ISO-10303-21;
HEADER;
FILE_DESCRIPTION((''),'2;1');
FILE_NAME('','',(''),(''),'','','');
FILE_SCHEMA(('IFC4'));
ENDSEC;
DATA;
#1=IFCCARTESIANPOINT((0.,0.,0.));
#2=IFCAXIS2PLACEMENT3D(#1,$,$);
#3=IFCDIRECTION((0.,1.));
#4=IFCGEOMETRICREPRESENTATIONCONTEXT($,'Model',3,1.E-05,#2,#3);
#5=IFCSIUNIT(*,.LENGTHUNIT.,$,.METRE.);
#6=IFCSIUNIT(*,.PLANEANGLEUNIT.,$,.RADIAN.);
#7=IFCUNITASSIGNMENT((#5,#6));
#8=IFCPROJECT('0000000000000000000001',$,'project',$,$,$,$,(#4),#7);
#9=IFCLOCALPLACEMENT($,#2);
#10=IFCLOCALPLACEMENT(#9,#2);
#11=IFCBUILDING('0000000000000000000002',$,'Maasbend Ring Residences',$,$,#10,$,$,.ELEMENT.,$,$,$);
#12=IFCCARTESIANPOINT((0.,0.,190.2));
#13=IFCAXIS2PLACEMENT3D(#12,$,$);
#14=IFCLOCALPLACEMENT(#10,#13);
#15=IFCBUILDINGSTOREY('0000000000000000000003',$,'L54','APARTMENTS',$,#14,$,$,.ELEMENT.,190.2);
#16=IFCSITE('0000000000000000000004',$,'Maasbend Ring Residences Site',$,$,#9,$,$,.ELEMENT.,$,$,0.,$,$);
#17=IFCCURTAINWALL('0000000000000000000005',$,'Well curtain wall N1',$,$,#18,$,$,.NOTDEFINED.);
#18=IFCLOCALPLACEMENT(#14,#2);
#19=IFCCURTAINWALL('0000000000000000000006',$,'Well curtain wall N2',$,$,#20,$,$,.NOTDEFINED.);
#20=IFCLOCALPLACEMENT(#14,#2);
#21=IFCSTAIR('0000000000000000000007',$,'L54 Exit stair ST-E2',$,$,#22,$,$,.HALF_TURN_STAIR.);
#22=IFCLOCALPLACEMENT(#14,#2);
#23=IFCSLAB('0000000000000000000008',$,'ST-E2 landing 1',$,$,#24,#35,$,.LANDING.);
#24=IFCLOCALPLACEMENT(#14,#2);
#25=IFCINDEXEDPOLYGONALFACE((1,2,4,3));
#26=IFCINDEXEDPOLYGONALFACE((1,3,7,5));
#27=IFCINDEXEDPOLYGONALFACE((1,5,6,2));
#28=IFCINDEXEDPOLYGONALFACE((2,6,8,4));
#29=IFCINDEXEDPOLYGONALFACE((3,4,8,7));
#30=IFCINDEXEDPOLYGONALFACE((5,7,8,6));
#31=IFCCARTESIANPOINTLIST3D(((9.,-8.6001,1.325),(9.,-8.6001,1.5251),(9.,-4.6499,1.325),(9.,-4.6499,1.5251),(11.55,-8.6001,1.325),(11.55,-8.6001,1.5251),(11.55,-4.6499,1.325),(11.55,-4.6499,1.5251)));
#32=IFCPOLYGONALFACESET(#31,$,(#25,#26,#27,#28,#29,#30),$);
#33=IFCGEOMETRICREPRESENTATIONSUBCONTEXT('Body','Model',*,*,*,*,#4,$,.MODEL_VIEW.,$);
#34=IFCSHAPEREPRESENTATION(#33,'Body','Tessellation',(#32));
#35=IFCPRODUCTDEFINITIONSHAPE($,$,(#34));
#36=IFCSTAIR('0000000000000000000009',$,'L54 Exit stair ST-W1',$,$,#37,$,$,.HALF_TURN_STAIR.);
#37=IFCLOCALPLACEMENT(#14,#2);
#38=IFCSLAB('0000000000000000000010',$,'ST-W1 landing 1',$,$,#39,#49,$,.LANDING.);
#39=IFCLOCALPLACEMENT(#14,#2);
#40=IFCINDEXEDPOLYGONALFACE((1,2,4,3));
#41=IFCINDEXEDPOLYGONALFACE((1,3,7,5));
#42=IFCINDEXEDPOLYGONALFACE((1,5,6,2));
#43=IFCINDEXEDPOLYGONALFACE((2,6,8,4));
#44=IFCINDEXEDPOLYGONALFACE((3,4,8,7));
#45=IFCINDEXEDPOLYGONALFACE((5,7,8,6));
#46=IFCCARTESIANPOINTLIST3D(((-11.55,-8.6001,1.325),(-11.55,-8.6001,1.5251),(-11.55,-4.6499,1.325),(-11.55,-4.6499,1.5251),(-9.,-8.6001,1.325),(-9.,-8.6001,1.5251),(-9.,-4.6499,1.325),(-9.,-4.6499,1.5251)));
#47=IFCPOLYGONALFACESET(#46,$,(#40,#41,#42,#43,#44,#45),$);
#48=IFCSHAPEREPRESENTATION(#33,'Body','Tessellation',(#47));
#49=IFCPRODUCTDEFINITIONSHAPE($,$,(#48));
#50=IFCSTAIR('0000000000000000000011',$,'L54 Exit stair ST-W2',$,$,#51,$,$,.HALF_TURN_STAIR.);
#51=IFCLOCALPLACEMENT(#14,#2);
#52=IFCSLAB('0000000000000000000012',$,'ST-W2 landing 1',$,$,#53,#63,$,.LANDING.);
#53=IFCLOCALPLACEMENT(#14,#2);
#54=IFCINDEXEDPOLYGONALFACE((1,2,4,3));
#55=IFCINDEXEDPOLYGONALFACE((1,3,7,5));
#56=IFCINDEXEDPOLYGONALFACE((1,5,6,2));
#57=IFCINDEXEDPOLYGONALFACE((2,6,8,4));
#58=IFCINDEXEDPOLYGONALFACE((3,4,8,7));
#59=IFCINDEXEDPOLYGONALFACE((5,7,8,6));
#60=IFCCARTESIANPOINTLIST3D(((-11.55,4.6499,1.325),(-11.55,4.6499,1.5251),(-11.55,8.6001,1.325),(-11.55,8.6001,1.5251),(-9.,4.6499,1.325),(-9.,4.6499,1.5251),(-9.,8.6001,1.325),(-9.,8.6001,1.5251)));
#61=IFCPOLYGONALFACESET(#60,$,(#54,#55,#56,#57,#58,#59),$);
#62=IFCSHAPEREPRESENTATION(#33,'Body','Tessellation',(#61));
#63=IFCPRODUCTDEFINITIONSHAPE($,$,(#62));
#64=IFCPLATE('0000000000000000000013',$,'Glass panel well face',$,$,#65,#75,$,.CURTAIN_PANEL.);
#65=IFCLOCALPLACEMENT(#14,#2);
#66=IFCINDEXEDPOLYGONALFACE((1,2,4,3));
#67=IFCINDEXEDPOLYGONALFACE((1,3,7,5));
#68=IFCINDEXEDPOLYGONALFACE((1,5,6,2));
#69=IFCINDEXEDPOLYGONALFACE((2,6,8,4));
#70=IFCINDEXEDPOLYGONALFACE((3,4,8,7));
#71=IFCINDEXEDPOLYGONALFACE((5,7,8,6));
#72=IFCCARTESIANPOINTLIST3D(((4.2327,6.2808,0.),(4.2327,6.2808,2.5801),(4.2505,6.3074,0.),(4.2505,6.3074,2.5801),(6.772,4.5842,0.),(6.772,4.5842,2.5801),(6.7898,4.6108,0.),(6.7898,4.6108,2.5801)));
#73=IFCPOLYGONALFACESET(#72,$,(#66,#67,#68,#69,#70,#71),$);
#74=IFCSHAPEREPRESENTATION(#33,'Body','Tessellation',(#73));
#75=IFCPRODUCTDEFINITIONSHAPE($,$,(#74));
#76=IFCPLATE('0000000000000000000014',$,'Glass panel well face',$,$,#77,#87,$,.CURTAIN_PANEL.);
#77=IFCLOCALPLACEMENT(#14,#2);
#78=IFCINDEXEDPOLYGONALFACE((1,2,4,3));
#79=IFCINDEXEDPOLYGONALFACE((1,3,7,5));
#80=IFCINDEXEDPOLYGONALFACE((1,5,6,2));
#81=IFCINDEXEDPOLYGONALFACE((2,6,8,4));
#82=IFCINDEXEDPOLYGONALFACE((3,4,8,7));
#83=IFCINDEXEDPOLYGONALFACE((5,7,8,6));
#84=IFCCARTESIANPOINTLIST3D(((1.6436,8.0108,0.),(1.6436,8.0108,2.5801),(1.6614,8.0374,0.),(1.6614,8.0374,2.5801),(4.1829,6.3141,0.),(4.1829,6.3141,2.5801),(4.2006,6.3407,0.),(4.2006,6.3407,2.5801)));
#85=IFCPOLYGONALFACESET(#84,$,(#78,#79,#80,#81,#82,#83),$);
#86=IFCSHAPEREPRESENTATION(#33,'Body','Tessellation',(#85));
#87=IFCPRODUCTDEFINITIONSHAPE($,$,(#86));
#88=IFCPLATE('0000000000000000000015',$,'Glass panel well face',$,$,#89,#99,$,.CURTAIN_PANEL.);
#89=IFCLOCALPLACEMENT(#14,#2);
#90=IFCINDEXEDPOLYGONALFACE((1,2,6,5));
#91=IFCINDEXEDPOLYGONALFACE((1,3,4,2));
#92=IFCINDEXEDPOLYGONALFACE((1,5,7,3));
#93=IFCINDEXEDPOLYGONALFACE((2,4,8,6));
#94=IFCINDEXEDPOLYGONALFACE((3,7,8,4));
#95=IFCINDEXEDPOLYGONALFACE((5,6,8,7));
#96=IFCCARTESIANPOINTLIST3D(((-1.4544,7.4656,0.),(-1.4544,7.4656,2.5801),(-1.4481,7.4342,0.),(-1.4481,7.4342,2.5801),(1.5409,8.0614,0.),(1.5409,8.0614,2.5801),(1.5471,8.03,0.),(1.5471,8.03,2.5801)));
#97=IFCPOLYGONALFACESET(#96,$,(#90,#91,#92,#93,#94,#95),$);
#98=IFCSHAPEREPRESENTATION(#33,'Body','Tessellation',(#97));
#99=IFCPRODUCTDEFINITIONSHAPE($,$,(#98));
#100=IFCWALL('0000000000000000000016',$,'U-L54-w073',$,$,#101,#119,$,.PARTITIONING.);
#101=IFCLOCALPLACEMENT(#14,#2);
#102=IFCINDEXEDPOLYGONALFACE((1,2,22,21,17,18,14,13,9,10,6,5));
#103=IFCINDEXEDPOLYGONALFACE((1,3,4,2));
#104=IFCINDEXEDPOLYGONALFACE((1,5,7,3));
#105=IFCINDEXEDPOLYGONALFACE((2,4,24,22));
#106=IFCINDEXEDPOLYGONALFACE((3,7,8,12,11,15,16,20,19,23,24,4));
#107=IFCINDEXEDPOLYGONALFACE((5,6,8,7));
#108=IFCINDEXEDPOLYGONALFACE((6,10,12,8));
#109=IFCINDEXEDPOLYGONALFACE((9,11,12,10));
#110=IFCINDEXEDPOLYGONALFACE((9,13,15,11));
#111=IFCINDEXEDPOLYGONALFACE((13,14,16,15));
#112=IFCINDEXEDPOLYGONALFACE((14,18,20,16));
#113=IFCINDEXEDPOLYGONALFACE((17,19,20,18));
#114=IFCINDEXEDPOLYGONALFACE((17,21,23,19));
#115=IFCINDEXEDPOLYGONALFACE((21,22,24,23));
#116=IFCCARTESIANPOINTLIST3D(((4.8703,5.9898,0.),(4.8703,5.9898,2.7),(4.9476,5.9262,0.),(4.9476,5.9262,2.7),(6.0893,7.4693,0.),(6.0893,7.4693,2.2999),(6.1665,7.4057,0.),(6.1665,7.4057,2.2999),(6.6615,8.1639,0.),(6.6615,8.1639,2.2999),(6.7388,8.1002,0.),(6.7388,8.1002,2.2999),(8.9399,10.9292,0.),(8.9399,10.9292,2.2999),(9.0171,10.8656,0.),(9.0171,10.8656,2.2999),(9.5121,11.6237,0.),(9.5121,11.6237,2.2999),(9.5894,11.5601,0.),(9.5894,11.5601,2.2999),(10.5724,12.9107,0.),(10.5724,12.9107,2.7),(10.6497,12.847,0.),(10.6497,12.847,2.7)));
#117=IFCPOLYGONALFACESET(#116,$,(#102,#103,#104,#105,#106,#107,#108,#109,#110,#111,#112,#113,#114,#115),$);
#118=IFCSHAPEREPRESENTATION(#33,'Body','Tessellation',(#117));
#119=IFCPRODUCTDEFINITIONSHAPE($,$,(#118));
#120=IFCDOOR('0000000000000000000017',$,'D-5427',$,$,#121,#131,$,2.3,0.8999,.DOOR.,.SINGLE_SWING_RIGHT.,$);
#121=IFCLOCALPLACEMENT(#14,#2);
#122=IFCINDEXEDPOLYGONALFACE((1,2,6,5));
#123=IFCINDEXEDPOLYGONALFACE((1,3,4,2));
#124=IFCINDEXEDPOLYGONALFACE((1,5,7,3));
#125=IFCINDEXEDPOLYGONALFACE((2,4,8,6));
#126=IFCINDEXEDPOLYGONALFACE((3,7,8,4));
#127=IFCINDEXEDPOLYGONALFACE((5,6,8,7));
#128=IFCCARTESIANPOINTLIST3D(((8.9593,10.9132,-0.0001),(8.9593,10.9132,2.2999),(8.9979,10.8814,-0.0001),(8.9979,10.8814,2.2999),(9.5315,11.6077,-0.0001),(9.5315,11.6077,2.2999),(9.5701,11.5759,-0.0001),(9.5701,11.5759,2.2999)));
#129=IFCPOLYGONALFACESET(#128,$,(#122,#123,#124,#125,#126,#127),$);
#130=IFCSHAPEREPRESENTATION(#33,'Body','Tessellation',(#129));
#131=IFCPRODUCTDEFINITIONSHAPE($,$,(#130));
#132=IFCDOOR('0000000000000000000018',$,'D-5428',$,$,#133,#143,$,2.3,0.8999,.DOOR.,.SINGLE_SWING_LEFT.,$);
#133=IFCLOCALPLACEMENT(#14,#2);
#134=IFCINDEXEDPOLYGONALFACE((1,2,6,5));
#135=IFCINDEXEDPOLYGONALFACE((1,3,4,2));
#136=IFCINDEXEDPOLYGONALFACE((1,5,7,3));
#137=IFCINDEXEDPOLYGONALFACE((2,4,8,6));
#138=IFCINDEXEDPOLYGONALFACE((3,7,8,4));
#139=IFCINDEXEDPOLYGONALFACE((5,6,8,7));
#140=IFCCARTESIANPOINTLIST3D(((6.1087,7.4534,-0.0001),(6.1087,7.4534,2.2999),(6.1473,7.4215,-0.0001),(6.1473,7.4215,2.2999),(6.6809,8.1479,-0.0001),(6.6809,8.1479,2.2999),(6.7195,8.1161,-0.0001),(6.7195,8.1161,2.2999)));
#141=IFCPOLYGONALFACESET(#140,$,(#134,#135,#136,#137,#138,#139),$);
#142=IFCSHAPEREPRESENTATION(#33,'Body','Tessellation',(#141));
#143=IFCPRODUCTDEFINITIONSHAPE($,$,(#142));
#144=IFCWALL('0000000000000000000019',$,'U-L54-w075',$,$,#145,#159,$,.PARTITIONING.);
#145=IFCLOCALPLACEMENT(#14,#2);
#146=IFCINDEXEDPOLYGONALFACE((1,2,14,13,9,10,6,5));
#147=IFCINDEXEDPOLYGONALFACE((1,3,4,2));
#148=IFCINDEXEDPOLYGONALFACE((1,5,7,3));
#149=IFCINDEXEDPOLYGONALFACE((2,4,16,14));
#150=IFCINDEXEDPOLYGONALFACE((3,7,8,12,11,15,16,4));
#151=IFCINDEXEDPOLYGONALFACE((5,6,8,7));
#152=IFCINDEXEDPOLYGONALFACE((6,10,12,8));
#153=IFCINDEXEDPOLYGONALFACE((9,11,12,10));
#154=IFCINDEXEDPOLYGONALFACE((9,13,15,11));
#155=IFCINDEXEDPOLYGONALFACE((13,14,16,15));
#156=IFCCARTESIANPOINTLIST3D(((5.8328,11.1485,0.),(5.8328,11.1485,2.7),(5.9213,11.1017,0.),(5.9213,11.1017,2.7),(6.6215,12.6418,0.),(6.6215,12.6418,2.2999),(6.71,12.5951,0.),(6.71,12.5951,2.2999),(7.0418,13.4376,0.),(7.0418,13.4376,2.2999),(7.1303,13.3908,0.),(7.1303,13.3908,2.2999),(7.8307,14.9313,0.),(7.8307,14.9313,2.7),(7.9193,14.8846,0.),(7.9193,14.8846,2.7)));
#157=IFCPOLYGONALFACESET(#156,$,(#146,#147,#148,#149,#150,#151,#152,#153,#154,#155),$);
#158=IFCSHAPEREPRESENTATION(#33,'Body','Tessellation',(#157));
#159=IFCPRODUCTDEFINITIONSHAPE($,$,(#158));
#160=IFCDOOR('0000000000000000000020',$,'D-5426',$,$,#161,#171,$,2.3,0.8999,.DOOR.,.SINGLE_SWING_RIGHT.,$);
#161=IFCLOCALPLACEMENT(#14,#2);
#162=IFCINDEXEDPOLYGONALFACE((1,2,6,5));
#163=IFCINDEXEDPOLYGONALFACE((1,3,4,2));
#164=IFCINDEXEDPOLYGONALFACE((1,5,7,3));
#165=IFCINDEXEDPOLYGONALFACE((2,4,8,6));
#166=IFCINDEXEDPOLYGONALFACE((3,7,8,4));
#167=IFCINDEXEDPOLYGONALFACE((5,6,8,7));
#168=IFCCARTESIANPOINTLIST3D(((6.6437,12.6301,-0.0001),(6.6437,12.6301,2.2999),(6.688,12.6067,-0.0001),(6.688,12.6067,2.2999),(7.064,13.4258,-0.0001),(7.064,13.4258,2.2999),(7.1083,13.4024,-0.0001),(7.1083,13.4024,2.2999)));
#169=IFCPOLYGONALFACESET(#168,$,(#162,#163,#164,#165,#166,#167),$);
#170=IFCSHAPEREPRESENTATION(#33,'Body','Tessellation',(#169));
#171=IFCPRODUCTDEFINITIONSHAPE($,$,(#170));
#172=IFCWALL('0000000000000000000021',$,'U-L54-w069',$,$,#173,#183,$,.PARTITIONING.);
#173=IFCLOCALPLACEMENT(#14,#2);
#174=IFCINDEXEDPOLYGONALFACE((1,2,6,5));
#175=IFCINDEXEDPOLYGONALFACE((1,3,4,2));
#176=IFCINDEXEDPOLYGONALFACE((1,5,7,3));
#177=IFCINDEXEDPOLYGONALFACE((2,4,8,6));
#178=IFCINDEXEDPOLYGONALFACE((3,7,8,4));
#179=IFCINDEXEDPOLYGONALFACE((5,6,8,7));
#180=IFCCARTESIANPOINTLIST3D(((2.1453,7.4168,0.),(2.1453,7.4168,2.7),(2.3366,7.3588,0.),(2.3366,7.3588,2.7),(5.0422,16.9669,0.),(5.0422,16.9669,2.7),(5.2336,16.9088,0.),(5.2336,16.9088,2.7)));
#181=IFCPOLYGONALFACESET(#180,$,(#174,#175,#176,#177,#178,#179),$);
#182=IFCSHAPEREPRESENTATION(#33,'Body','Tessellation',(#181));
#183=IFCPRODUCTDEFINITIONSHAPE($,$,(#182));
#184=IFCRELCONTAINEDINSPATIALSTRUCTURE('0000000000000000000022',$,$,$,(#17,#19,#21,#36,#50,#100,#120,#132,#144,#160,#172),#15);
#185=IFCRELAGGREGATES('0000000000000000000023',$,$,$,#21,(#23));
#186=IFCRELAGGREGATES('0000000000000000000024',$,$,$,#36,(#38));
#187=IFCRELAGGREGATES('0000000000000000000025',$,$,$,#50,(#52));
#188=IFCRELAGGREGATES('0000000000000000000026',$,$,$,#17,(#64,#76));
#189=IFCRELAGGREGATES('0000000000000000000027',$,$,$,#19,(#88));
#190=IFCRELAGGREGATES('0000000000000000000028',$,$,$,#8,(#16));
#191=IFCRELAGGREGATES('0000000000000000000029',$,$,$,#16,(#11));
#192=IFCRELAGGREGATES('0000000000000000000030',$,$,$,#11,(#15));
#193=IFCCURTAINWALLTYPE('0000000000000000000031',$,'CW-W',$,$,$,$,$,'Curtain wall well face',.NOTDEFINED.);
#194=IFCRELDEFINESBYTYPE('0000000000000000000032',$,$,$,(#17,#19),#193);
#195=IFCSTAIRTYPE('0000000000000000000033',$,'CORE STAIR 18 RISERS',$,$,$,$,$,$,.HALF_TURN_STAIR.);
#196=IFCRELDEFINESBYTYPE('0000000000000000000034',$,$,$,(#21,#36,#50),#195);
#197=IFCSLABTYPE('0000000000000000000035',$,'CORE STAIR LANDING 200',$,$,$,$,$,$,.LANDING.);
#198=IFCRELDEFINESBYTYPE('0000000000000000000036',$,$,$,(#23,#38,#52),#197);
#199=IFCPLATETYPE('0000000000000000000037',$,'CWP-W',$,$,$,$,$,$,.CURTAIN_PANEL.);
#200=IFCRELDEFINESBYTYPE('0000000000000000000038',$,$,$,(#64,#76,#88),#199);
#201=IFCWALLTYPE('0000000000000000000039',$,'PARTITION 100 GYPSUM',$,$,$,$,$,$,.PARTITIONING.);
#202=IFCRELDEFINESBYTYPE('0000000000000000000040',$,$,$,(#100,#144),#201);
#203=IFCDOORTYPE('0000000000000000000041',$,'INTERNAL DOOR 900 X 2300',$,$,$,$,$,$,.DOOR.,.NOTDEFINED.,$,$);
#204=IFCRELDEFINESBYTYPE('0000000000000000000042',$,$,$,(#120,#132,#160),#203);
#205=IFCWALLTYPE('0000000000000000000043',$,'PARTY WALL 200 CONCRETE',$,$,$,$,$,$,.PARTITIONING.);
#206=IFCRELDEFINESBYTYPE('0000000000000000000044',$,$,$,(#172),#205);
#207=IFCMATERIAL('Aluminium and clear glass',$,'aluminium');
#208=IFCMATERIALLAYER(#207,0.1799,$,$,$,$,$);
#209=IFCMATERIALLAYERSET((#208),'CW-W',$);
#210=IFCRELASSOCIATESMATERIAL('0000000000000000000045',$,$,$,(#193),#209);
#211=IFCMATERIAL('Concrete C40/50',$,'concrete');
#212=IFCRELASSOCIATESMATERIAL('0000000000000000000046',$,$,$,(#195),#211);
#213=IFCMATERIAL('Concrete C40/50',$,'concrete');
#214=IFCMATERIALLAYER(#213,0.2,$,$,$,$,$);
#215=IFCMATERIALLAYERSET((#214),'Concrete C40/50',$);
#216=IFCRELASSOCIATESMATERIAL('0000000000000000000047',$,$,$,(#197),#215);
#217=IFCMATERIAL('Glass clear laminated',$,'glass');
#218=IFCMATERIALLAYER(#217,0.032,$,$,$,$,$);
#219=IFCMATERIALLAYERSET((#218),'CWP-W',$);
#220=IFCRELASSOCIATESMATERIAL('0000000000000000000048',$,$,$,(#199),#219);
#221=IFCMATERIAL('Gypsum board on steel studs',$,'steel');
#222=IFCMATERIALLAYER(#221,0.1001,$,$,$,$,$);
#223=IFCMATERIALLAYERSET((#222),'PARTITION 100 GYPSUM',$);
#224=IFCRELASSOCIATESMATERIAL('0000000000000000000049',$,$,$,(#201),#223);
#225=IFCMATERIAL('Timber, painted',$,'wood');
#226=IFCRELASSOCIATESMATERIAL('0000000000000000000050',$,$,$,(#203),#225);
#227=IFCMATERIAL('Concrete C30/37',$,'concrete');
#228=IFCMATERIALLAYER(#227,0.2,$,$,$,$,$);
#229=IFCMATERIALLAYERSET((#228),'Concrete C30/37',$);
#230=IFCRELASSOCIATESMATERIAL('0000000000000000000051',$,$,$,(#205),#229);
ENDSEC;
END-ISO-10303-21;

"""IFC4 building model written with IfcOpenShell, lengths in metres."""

from ifc_helpers import new_model, si_unit, direction, frame, frame_2d, origin, origin_2d, place, context, subcontext, project, spatial, polyline, rectangle, outline, extrude, material, layer, layer_set, type_object, element, fill, aggregate, save


model = new_model("IFC4")

# Units and contexts
model_context = context("Model", 3, precision=1e-05, world=origin(), true_north=direction((0.0, 1.0)))
body_context = subcontext(model_context, "Body", "Model", "MODEL_VIEW")
ifc_project = project(units=[si_unit("LENGTHUNIT", "METRE"), si_unit("PLANEANGLEUNIT", "RADIAN")], contexts=[model_context])

# Site, building, storey
site_placement = place(None, origin())
site = spatial("IfcSite", under=ifc_project, at=site_placement, Name="Maasbend Ring Residences Site", CompositionType="ELEMENT", RefElevation=0.0)
building_placement = place(site_placement, origin())
building = spatial("IfcBuilding", under=site, at=building_placement, Name="Maasbend Ring Residences", CompositionType="ELEMENT")
storey_placement = place(building_placement, frame((0.0, 0.0, 190.2)))
storey = spatial("IfcBuildingStorey", under=building, at=storey_placement, Name="L54", Description="APARTMENTS", CompositionType="ELEMENT", Elevation=190.2)

# Curtain wall
ifc_material_1 = material(Name="Aluminium and clear glass", Category="aluminium")
ifc_layer_1 = layer(ifc_material_1, 0.1799)
ifc_layer_set_1 = layer_set([ifc_layer_1], Name="CW-W")
curtain_wall_type = type_object("IfcCurtainWallType", Name="CW-W", ElementType="Curtain wall well face", PredefinedType="NOTDEFINED", material=ifc_layer_set_1)
curtain_wall_1_placement = place(storey_placement, origin())
curtain_wall_1 = element("IfcCurtainWall", 1, at=curtain_wall_1_placement, inside=storey, type_object=curtain_wall_type, Name="Well curtain wall N1", PredefinedType="NOTDEFINED")

# Curtain wall
curtain_wall_2_placement = place(storey_placement, origin())
curtain_wall_2 = element("IfcCurtainWall", 2, at=curtain_wall_2_placement, inside=storey, type_object=curtain_wall_type, Name="Well curtain wall N2", PredefinedType="NOTDEFINED")

# Stairs, slabs
ifc_material_2 = material(Name="Concrete C40/50", Category="concrete")
stair_type = type_object("IfcStairType", Name="CORE STAIR 18 RISERS", PredefinedType="HALF_TURN_STAIR", material=ifc_material_2)
ifc_material_3 = material(Name="Concrete C40/50", Category="concrete")
ifc_layer_2 = layer(ifc_material_3, 0.2)
ifc_layer_set_2 = layer_set([ifc_layer_2], Name="Concrete C40/50")
slab_type = type_object("IfcSlabType", Name="CORE STAIR LANDING 200", PredefinedType="LANDING", material=ifc_layer_set_2)
stair_1_placement = place(storey_placement, origin())
stair_1 = element("IfcStair", 3, at=stair_1_placement, inside=storey, type_object=stair_type, Name="L54 Exit stair ST-E2", PredefinedType="HALF_TURN_STAIR")
slab_1_placement = place(storey_placement, frame((0.0, 0.0, 1.325)))
slab_1 = element("IfcSlab", 4, at=slab_1_placement, type_object=slab_type, Name="ST-E2 landing 1", PredefinedType="LANDING", context=body_context, shape_type="SweptSolid", body=[
    extrude(outline(polyline([(11.55, -4.6499), (9.0, -4.6499), (9.0, -8.6001), (11.55, -8.6001), (11.55, -4.6499)])), origin(), (0.0, 0.0, 1.0), 0.2002),
])
aggregate(stair_1, [slab_1])
stair_2_placement = place(storey_placement, origin())
stair_2 = element("IfcStair", 5, at=stair_2_placement, inside=storey, type_object=stair_type, Name="L54 Exit stair ST-W1", PredefinedType="HALF_TURN_STAIR")
slab_2_placement = place(storey_placement, frame((0.0, 0.0, 1.325)))
slab_2 = element("IfcSlab", 6, at=slab_2_placement, type_object=slab_type, Name="ST-W1 landing 1", PredefinedType="LANDING", context=body_context, shape_type="SweptSolid", body=[
    extrude(outline(polyline([(-11.55, -8.6001), (-9.0, -8.6001), (-9.0, -4.6499), (-11.55, -4.6499), (-11.55, -8.6001)])), origin(), (0.0, 0.0, 1.0), 0.2002),
])
aggregate(stair_2, [slab_2])
stair_3_placement = place(storey_placement, origin())
stair_3 = element("IfcStair", 7, at=stair_3_placement, inside=storey, type_object=stair_type, Name="L54 Exit stair ST-W2", PredefinedType="HALF_TURN_STAIR")
slab_3_placement = place(storey_placement, frame((0.0, 0.0, 1.325)))
slab_3 = element("IfcSlab", 8, at=slab_3_placement, type_object=slab_type, Name="ST-W2 landing 1", PredefinedType="LANDING", context=body_context, shape_type="SweptSolid", body=[
    extrude(outline(polyline([(-11.55, 4.6499), (-9.0, 4.6499), (-9.0, 8.6001), (-11.55, 8.6001), (-11.55, 4.6499)])), origin(), (0.0, 0.0, 1.0), 0.2002),
])
aggregate(stair_3, [slab_3])

# Plates
ifc_material_4 = material(Name="Glass clear laminated", Category="glass")
ifc_layer_3 = layer(ifc_material_4, 0.032)
ifc_layer_set_3 = layer_set([ifc_layer_3], Name="CWP-W")
plate_type = type_object("IfcPlateType", Name="CWP-W", PredefinedType="CURTAIN_PANEL", material=ifc_layer_set_3)
plate_1_placement = place(storey_placement, frame((5.5112, 5.4458, 0.0), z_axis=(0.0, 0.0, 1.0), x_axis=(-0.83147, 0.55557, 0.0)))
plate_1 = element("IfcPlate", 9, at=plate_1_placement, type_object=plate_type, Name="Glass panel well face", PredefinedType="CURTAIN_PANEL", context=body_context, shape_type="SweptSolid", body=[
    extrude(rectangle(XDim=3.054, YDim=0.032, at=origin_2d()), origin(), (0.0, 0.0, 1.0), 2.5801),
])
plate_2_placement = place(storey_placement, frame((2.9221, 7.1758, 0.0), z_axis=(0.0, 0.0, 1.0), x_axis=(-0.83147, 0.55557, 0.0)))
plate_2 = element("IfcPlate", 10, at=plate_2_placement, type_object=plate_type, Name="Glass panel well face", PredefinedType="CURTAIN_PANEL", context=body_context, shape_type="SweptSolid", body=[
    extrude(rectangle(XDim=3.054, YDim=0.032, at=origin_2d()), origin(), (0.0, 0.0, 1.0), 2.5801),
])
aggregate(curtain_wall_1, [plate_1, plate_2])
plate_3_placement = place(storey_placement, frame((0.0464, 7.7478, 0.0), z_axis=(0.0, 0.0, 1.0), x_axis=(-0.980785, -0.19509, 0.0)))
plate_3 = element("IfcPlate", 11, at=plate_3_placement, type_object=plate_type, Name="Glass panel well face", PredefinedType="CURTAIN_PANEL", context=body_context, shape_type="SweptSolid", body=[
    extrude(rectangle(XDim=3.054, YDim=0.032, at=origin_2d()), origin(), (0.0, 0.0, 1.0), 2.5801),
])
aggregate(curtain_wall_2, [plate_3])

# Wall, openings, doors
ifc_material_5 = material(Name="Gypsum board on steel studs", Category="steel")
ifc_layer_4 = layer(ifc_material_5, 0.1001)
ifc_layer_set_4 = layer_set([ifc_layer_4], Name="PARTITION 100 GYPSUM")
wall_type_1 = type_object("IfcWallType", Name="PARTITION 100 GYPSUM", PredefinedType="PARTITIONING", material=ifc_layer_set_4)
wall_1_placement = place(storey_placement, frame((4.9089, 5.958, 0.0), z_axis=(0.0, 0.0, 1.0), x_axis=(0.635879, 0.771789, 0.0)))
wall_1 = element("IfcWall", 12, at=wall_1_placement, inside=storey, type_object=wall_type_1, Name="U-L54-w073", PredefinedType="PARTITIONING", context=body_context, shape_type="SweptSolid", body=[
    extrude(rectangle(XDim=8.9673, YDim=0.1001, at=frame_2d((4.4836, 0.0))), origin(), (0.0, 0.0, 1.0), 2.7),
])
opening_1_placement = place(wall_1_placement, frame((6.3999, 0.0, 0.0)))
opening_1 = element("IfcOpeningElement", 13, at=opening_1_placement, cuts=wall_1, PredefinedType="OPENING", context=body_context, shape_type="SweptSolid", body=[
    extrude(rectangle(XDim=0.8999, YDim=2.3, at=frame_2d((0.45, 1.1499))), frame((0.0, 0.0601, 0.0), z_axis=(0.0, -1.0, 0.0), x_axis=(1.0, 0.0, 0.0)), (0.0, 0.0, 1.0), 0.1201),
])
opening_2_placement = place(wall_1_placement, frame((1.917, 0.0, 0.0)))
opening_2 = element("IfcOpeningElement", 14, at=opening_2_placement, cuts=wall_1, PredefinedType="OPENING", context=body_context, shape_type="SweptSolid", body=[
    extrude(rectangle(XDim=0.8999, YDim=2.3, at=frame_2d((0.45, 1.1499))), frame((0.0, 0.0601, 0.0), z_axis=(0.0, -1.0, 0.0), x_axis=(1.0, 0.0, 0.0)), (0.0, 0.0, 1.0), 0.1201),
])
ifc_material_6 = material(Name="Timber, painted", Category="wood")
door_type = type_object("IfcDoorType", Name="INTERNAL DOOR 900 X 2300", OperationType="NOTDEFINED", PredefinedType="DOOR", material=ifc_material_6)
door_1_placement = place(opening_1_placement, origin())
door_1 = element("IfcDoor", 15, at=door_1_placement, inside=storey, type_object=door_type, Name="D-5427", OperationType="SINGLE_SWING_RIGHT", OverallHeight=2.3, OverallWidth=0.8999, PredefinedType="DOOR", context=body_context, shape_type="SweptSolid", body=[
    extrude(rectangle(XDim=0.8999, YDim=2.3, at=frame_2d((0.45, 1.1499))), frame((0.0, 0.0249, 0.0), z_axis=(0.0, -1.0, 0.0), x_axis=(1.0, 0.0, 0.0)), (0.0, 0.0, 1.0), 0.05),
])
fill(opening_1, door_1)
door_2_placement = place(opening_2_placement, origin())
door_2 = element("IfcDoor", 16, at=door_2_placement, inside=storey, type_object=door_type, Name="D-5428", OperationType="SINGLE_SWING_LEFT", OverallHeight=2.3, OverallWidth=0.8999, PredefinedType="DOOR", context=body_context, shape_type="SweptSolid", body=[
    extrude(rectangle(XDim=0.8999, YDim=2.3, at=frame_2d((0.45, 1.1499))), frame((0.0, 0.0249, 0.0), z_axis=(0.0, -1.0, 0.0), x_axis=(1.0, 0.0, 0.0)), (0.0, 0.0, 1.0), 0.05),
])
fill(opening_2, door_2)

# Wall, opening, door
wall_2_placement = place(storey_placement, frame((5.877, 11.125, 0.0), z_axis=(0.0, 0.0, 1.0), x_axis=(0.46703, 0.884241, 0.0)))
wall_2 = element("IfcWall", 17, at=wall_2_placement, inside=storey, type_object=wall_type_1, Name="U-L54-w075", PredefinedType="PARTITIONING", context=body_context, shape_type="SweptSolid", body=[
    extrude(rectangle(XDim=4.2781, YDim=0.1001, at=frame_2d((2.1392, 0.0))), origin(), (0.0, 0.0, 1.0), 2.7),
])
opening_3_placement = place(wall_2_placement, frame((1.689, 0.0, 0.0)))
opening_3 = element("IfcOpeningElement", 18, at=opening_3_placement, cuts=wall_2, PredefinedType="OPENING", context=body_context, shape_type="SweptSolid", body=[
    extrude(rectangle(XDim=0.8999, YDim=2.3, at=frame_2d((0.45, 1.1499))), frame((0.0, 0.0601, 0.0), z_axis=(0.0, -1.0, 0.0), x_axis=(1.0, 0.0, 0.0)), (0.0, 0.0, 1.0), 0.1201),
])
door_3_placement = place(opening_3_placement, origin())
door_3 = element("IfcDoor", 19, at=door_3_placement, inside=storey, type_object=door_type, Name="D-5426", OperationType="SINGLE_SWING_RIGHT", OverallHeight=2.3, OverallWidth=0.8999, PredefinedType="DOOR", context=body_context, shape_type="SweptSolid", body=[
    extrude(rectangle(XDim=0.8999, YDim=2.3, at=frame_2d((0.45, 1.1499))), frame((0.0, 0.0249, 0.0), z_axis=(0.0, -1.0, 0.0), x_axis=(1.0, 0.0, 0.0)), (0.0, 0.0, 1.0), 0.05),
])
fill(opening_3, door_3)

# Wall
ifc_material_7 = material(Name="Concrete C30/37", Category="concrete")
ifc_layer_5 = layer(ifc_material_7, 0.2)
ifc_layer_set_5 = layer_set([ifc_layer_5], Name="Concrete C30/37")
wall_type_2 = type_object("IfcWallType", Name="PARTY WALL 200 CONCRETE", PredefinedType="PARTITIONING", material=ifc_layer_set_5)
wall_3_placement = place(storey_placement, frame((2.241, 7.3879, 0.0), z_axis=(0.0, 0.0, 1.0), x_axis=(0.290284, 0.95694, 0.0)))
element("IfcWall", 20, at=wall_3_placement, inside=storey, type_object=wall_type_2, Name="U-L54-w069", PredefinedType="PARTITIONING", context=body_context, shape_type="SweptSolid", body=[
    extrude(rectangle(XDim=9.9797, YDim=0.2, at=frame_2d((4.9897, 0.0))), origin(), (0.0, 0.0, 1.0), 2.7),
])

save(model, "model.ifc")
